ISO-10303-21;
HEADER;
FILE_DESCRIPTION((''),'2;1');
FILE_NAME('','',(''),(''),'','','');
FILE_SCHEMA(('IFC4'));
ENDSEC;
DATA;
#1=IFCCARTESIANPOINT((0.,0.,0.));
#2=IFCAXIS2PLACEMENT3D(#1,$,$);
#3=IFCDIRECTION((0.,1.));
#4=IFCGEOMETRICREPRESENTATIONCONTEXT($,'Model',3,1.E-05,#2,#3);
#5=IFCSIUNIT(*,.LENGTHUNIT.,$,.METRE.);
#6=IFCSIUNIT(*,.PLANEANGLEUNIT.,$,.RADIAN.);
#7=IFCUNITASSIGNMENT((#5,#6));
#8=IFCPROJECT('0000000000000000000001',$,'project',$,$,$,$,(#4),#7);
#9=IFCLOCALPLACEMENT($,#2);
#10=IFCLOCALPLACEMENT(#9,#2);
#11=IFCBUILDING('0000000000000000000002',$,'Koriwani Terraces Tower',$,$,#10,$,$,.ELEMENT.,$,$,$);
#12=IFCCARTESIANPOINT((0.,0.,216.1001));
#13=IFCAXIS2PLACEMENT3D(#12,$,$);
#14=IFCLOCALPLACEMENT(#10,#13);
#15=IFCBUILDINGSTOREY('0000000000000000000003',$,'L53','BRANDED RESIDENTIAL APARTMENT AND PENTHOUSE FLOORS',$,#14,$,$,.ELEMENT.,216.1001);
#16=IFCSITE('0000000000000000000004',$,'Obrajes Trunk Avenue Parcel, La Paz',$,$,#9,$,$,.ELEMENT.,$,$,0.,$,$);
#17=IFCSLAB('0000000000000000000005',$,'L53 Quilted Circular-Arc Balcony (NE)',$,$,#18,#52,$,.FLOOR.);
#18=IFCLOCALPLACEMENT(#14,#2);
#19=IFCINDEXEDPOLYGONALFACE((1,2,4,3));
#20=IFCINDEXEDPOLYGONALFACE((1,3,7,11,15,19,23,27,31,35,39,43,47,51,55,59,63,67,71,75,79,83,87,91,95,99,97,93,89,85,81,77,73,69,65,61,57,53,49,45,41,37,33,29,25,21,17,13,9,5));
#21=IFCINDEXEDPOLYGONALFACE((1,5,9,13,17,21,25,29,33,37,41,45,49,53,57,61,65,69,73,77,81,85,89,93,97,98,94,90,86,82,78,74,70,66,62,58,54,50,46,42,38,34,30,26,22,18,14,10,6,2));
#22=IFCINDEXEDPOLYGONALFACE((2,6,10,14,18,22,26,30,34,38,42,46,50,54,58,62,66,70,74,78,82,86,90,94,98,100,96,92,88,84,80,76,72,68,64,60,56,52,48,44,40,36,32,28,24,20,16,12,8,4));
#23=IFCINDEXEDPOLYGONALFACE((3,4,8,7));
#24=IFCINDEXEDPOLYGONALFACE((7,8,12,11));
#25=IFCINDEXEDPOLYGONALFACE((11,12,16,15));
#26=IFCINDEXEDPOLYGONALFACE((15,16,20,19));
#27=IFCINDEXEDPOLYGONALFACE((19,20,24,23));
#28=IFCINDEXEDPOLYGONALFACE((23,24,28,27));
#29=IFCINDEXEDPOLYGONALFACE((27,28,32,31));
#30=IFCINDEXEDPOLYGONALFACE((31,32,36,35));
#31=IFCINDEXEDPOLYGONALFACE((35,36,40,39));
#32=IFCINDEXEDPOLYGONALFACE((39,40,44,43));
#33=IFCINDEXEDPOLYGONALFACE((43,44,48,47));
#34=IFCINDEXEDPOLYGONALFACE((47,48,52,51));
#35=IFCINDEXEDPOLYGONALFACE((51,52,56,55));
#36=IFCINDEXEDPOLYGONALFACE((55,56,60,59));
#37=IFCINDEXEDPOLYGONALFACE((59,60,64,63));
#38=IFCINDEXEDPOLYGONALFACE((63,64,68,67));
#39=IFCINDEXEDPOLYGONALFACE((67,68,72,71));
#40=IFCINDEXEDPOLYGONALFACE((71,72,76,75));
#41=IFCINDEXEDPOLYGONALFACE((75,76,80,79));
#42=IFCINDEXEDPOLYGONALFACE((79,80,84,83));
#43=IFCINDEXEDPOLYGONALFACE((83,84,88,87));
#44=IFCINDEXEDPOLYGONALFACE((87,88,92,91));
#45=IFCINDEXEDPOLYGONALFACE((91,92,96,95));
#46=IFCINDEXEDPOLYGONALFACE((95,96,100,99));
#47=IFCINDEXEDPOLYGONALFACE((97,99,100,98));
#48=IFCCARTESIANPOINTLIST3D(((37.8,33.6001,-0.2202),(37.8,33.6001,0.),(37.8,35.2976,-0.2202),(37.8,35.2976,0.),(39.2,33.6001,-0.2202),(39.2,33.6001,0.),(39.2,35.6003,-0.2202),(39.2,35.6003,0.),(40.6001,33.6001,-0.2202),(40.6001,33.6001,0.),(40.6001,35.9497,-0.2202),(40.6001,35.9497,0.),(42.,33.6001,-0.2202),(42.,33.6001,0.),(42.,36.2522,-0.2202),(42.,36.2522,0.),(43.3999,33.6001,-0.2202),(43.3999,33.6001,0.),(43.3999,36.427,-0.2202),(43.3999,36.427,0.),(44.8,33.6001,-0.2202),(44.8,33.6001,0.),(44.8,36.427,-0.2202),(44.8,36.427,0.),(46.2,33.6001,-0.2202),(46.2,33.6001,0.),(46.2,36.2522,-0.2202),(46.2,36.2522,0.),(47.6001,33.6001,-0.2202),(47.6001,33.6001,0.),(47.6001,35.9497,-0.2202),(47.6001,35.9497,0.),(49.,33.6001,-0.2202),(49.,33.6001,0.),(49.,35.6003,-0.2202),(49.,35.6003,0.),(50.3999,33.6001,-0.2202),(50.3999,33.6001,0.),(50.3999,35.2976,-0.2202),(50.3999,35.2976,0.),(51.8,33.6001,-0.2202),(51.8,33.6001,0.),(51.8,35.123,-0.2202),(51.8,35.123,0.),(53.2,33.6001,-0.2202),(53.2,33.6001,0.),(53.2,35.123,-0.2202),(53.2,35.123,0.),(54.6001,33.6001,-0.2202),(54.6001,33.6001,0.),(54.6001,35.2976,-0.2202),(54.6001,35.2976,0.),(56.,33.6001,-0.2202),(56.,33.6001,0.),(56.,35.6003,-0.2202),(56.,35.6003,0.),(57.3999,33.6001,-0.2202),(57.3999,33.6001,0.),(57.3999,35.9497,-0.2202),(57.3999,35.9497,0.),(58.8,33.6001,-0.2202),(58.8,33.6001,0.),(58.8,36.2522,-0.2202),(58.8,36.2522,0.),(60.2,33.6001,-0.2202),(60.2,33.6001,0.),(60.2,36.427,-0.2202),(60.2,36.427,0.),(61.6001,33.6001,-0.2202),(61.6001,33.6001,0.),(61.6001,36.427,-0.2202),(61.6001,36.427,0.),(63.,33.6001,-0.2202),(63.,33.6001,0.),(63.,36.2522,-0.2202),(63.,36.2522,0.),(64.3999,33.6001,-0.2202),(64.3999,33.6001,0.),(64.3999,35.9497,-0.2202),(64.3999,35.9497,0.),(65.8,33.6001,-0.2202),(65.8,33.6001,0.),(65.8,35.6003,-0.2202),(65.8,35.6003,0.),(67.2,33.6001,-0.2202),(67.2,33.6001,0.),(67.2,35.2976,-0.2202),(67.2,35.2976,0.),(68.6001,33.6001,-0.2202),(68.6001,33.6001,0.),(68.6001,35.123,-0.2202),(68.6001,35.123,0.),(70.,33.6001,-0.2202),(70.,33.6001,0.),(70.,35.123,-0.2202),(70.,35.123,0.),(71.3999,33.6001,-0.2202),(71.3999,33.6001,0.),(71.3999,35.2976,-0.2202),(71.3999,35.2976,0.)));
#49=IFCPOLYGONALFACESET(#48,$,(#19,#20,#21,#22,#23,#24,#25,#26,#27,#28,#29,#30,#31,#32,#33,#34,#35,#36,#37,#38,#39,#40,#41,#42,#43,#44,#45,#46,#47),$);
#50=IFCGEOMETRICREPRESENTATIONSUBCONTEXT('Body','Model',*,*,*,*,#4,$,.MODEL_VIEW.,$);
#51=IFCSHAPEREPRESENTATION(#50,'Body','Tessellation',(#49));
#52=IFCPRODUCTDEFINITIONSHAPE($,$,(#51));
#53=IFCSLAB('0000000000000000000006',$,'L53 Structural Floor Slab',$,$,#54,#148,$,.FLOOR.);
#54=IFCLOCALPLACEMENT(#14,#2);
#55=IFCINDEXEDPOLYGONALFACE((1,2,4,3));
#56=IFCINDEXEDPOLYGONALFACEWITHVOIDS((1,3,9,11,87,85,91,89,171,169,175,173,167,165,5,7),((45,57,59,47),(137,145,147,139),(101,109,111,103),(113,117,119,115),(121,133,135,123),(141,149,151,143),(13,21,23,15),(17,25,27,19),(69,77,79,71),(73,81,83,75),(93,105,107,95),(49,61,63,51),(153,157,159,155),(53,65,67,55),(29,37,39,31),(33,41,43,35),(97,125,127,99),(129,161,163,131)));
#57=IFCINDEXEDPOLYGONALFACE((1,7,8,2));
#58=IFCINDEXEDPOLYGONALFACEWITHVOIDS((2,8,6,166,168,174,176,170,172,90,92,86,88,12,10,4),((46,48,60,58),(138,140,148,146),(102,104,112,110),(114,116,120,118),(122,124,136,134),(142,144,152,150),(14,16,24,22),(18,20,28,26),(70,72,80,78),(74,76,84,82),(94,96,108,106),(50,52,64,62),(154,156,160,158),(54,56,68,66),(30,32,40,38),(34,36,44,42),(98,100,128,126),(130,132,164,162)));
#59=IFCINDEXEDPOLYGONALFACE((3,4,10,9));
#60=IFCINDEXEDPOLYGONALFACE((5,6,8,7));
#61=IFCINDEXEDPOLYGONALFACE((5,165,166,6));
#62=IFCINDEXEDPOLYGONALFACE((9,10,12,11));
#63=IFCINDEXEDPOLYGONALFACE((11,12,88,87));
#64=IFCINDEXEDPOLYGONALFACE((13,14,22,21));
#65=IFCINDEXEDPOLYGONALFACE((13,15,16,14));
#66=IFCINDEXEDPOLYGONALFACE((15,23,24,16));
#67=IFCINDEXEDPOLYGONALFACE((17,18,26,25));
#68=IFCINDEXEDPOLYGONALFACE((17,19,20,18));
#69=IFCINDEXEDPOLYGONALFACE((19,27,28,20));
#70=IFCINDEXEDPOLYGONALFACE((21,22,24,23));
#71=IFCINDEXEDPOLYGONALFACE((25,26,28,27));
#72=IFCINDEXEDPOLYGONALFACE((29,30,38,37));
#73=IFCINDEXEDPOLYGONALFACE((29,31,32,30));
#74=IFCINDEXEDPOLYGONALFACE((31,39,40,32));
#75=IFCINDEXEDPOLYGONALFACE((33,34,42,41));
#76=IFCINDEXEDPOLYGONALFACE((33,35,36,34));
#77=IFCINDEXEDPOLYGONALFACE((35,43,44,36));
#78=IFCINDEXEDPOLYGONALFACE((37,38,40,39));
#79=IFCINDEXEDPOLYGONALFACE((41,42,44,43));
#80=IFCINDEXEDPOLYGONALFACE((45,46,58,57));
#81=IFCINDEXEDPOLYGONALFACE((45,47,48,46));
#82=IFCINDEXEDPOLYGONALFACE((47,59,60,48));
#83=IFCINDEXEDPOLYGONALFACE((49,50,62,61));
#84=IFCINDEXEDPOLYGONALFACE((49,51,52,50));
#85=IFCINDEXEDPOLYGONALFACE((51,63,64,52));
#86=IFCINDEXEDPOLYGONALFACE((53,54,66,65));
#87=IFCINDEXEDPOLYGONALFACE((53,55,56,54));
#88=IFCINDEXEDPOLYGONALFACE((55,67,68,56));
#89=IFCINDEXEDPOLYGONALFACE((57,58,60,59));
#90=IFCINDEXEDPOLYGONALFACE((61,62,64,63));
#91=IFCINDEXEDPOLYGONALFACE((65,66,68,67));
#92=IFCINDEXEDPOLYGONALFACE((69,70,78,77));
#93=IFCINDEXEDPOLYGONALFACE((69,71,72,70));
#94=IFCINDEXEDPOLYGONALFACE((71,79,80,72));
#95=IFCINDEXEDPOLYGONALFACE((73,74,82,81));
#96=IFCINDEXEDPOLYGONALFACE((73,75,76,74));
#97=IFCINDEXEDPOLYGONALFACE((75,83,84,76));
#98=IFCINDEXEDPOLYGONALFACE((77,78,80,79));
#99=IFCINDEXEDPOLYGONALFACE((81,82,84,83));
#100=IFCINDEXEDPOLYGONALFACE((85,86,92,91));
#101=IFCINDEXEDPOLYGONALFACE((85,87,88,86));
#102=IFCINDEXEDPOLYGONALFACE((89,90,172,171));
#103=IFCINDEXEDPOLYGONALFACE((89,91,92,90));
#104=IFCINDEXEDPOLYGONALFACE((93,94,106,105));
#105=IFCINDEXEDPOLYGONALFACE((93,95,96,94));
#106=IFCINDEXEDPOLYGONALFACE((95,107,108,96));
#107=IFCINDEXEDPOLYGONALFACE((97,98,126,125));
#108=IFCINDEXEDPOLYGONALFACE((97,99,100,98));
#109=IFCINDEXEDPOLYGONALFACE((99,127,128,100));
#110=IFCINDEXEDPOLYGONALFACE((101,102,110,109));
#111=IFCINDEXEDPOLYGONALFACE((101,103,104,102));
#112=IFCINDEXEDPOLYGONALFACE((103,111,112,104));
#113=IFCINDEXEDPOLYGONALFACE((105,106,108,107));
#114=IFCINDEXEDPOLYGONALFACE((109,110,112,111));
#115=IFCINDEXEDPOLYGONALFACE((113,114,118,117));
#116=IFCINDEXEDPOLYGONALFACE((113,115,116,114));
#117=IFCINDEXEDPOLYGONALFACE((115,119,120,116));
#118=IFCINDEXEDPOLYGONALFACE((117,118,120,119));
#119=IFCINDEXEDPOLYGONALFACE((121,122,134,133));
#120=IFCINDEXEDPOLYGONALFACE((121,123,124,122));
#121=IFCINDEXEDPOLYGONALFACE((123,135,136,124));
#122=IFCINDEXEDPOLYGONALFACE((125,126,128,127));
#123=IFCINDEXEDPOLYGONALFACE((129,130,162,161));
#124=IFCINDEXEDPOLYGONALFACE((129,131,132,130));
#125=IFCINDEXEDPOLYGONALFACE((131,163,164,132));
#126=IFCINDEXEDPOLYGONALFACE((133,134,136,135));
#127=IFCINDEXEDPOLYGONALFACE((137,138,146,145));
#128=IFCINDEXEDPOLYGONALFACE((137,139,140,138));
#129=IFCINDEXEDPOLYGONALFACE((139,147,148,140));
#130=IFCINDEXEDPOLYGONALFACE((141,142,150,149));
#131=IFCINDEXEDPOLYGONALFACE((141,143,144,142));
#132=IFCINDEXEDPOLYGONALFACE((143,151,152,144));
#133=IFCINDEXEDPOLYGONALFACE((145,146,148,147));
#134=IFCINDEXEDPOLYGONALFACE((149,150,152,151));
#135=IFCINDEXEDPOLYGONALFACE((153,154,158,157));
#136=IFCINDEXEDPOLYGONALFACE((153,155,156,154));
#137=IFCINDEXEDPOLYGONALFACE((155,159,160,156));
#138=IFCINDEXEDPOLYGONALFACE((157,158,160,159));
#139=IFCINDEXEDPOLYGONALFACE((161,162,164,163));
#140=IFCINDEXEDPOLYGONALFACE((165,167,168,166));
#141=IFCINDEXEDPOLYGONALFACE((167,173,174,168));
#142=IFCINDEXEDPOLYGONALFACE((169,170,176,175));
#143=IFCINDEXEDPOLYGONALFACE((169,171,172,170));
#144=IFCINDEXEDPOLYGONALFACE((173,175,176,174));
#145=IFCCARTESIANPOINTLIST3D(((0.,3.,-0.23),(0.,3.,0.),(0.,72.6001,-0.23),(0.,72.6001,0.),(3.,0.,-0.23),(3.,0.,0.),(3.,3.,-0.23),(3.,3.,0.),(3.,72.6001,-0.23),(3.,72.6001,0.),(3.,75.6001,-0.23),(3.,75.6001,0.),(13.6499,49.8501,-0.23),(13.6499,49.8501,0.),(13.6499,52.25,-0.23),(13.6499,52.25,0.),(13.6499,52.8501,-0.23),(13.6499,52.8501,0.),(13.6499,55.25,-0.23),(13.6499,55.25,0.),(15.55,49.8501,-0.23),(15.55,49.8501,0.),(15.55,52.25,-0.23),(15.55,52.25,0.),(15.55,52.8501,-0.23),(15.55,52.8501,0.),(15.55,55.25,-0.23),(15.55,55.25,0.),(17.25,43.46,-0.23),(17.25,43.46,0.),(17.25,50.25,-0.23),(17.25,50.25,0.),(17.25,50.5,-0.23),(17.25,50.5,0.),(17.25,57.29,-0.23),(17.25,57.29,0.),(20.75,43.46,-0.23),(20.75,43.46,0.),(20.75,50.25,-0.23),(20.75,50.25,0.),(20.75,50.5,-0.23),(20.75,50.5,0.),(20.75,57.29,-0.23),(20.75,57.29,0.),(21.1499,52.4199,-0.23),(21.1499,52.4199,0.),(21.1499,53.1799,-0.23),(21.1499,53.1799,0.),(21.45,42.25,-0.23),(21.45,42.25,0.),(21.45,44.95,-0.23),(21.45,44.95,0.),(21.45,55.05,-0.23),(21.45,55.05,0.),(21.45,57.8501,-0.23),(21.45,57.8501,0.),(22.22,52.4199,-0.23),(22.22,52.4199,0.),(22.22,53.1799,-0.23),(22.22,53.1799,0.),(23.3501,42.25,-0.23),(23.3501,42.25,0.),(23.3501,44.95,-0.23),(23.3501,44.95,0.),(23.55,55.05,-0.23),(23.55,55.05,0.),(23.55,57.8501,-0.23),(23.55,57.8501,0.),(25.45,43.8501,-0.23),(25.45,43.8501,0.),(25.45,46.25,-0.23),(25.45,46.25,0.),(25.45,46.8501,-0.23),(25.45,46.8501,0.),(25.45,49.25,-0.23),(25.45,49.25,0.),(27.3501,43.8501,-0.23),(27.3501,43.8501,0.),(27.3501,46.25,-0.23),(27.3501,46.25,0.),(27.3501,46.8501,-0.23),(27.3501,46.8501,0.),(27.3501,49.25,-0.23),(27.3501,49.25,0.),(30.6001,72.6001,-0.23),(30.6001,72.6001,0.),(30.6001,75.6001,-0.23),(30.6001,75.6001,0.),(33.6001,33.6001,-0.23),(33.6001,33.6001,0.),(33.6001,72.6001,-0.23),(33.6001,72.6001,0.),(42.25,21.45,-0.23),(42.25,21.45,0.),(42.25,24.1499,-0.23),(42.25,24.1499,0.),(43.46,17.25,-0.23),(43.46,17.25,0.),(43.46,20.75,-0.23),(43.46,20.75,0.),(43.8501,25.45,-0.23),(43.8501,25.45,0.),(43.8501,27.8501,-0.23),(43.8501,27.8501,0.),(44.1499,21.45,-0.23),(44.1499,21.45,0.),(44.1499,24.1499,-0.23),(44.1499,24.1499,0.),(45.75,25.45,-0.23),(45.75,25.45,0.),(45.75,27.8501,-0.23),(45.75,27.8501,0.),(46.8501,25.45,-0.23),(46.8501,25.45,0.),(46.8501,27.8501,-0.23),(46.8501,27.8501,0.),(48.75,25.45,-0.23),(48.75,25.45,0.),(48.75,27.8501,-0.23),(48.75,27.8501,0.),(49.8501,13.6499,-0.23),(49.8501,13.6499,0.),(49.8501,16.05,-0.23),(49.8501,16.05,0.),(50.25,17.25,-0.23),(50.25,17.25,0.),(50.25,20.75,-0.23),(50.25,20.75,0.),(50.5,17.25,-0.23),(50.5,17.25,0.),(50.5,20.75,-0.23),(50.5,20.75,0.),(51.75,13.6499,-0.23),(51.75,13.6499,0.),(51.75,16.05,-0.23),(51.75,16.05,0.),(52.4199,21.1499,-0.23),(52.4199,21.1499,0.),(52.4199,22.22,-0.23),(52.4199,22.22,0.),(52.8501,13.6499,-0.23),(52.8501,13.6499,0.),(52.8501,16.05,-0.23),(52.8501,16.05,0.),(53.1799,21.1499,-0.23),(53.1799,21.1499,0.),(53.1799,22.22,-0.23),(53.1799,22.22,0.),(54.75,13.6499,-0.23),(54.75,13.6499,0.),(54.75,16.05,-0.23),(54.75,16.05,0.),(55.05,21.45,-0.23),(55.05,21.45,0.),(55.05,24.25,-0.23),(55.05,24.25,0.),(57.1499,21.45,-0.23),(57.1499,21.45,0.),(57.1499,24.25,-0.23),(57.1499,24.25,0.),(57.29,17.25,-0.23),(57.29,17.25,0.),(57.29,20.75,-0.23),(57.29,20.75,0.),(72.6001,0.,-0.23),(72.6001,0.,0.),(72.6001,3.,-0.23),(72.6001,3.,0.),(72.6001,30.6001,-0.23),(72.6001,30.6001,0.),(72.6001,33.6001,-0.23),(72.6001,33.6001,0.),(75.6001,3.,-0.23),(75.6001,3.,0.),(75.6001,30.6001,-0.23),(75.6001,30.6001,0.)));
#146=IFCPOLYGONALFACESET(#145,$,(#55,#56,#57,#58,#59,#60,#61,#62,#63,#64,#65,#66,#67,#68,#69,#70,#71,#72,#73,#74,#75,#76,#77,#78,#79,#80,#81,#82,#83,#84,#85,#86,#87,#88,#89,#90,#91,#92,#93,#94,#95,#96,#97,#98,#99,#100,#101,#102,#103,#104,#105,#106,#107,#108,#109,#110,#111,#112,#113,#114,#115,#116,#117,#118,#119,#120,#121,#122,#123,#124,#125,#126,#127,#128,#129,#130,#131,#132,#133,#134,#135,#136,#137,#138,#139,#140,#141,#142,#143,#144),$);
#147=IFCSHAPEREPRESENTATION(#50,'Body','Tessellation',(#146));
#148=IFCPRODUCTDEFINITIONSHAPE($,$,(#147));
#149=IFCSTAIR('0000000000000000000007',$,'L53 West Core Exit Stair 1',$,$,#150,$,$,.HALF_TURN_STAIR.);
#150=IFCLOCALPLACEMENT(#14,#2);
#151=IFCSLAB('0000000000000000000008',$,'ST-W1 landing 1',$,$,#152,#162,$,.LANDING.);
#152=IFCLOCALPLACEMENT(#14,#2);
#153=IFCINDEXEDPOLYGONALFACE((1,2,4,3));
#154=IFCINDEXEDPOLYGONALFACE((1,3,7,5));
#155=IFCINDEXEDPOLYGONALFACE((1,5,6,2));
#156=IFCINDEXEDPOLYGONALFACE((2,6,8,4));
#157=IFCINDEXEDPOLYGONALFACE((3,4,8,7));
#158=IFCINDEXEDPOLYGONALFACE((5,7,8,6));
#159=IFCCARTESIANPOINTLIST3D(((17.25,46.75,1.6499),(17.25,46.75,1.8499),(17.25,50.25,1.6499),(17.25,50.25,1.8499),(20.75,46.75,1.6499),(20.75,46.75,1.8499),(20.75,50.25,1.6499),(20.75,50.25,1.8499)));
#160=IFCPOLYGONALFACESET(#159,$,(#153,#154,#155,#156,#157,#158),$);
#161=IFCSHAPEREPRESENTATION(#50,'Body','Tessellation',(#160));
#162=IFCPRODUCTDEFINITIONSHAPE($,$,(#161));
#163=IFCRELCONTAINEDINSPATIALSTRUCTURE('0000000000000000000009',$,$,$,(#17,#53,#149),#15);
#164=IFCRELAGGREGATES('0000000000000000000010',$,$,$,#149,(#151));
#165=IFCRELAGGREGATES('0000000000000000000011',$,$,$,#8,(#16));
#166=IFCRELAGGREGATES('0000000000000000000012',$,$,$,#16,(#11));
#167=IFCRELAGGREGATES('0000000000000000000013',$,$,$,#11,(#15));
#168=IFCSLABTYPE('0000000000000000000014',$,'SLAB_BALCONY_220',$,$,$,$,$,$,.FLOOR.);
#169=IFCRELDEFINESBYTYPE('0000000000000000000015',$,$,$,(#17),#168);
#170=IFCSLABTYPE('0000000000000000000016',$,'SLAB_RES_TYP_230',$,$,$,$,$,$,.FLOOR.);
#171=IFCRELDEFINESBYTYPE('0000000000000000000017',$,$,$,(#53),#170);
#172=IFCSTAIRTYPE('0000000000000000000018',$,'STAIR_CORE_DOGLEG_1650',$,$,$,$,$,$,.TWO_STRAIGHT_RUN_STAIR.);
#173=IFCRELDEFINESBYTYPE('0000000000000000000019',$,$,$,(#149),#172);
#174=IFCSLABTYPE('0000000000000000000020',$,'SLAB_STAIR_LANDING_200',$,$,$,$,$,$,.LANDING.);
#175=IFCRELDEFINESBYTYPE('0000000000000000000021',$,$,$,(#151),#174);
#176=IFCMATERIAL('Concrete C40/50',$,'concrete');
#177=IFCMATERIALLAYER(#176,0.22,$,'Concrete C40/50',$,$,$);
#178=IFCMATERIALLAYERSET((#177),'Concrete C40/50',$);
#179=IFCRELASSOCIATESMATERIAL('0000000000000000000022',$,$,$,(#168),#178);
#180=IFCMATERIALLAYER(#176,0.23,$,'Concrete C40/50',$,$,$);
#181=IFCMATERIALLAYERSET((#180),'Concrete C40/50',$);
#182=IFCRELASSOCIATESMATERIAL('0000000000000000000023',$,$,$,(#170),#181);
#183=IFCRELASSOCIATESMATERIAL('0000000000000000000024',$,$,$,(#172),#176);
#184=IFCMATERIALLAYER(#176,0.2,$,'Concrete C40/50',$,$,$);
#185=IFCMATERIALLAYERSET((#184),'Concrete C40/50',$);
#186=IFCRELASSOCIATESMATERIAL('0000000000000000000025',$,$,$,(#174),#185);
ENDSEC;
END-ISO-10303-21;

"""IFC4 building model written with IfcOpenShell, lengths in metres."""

from ifc_helpers import new_model, si_unit, direction, frame, origin, place, context, subcontext, project, spatial, polyline, outline, extrude, material, layer, layer_set, type_object, element, aggregate, save


model = new_model("IFC4")

# Units and contexts
model_context = context("Model", 3, precision=1e-05, world=origin(), true_north=direction((0.0, 1.0)))
body_context = subcontext(model_context, "Body", "Model", "MODEL_VIEW")
ifc_project = project(units=[si_unit("LENGTHUNIT", "METRE"), si_unit("PLANEANGLEUNIT", "RADIAN")], contexts=[model_context])

# Site, building, storey
site_placement = place(None, origin())
site = spatial("IfcSite", under=ifc_project, at=site_placement, Name="Obrajes Trunk Avenue Parcel, La Paz", CompositionType="ELEMENT", RefElevation=0.0)
building_placement = place(site_placement, origin())
building = spatial("IfcBuilding", under=site, at=building_placement, Name="Koriwani Terraces Tower", CompositionType="ELEMENT")
storey_placement = place(building_placement, frame((0.0, 0.0, 216.1001)))
storey = spatial("IfcBuildingStorey", under=building, at=storey_placement, Name="L53", Description="BRANDED RESIDENTIAL APARTMENT AND PENTHOUSE FLOORS", CompositionType="ELEMENT", Elevation=216.1001)

# Shared definitions
ifc_material_1 = material(Name="Concrete C40/50", Category="concrete")

# Slabs
ifc_layer_1 = layer(ifc_material_1, 0.22, Name="Concrete C40/50")
ifc_layer_set_1 = layer_set([ifc_layer_1], Name="Concrete C40/50")
slab_type_1 = type_object("IfcSlabType", Name="SLAB_BALCONY_220", PredefinedType="FLOOR", material=ifc_layer_set_1)
slab_1_placement = place(storey_placement, frame((0.0, 0.0, -0.2202)))
element("IfcSlab", 1, at=slab_1_placement, inside=storey, type_object=slab_type_1, Name="L53 Quilted Circular-Arc Balcony (NE)", PredefinedType="FLOOR", context=body_context, shape_type="SweptSolid", body=[
    extrude(outline(polyline([(71.3999, 33.6001), (70.0, 33.6001), (68.6001, 33.6001), (67.2, 33.6001), (65.8, 33.6001), (64.3999, 33.6001), (63.0, 33.6001), (61.6001, 33.6001), (60.2, 33.6001), (58.8, 33.6001), (57.3999, 33.6001), (56.0, 33.6001), (54.6001, 33.6001), (53.2, 33.6001), (51.8, 33.6001), (50.3999, 33.6001), (49.0, 33.6001), (47.6001, 33.6001), (46.2, 33.6001), (44.8, 33.6001), (43.3999, 33.6001), (42.0, 33.6001), (40.6001, 33.6001), (39.2, 33.6001), (37.8, 33.6001), (37.8, 35.2976), (39.2, 35.6003), (40.6001, 35.9497), (42.0, 36.2522), (43.3999, 36.427), (44.8, 36.427), (46.2, 36.2522), (47.6001, 35.9497), (49.0, 35.6003), (50.3999, 35.2976), (51.8, 35.123), (53.2, 35.123), (54.6001, 35.2976), (56.0, 35.6003), (57.3999, 35.9497), (58.8, 36.2522), (60.2, 36.427), (61.6001, 36.427), (63.0, 36.2522), (64.3999, 35.9497), (65.8, 35.6003), (67.2, 35.2976), (68.6001, 35.123), (70.0, 35.123), (71.3999, 35.2976), (71.3999, 33.6001)])), origin(), (0.0, 0.0, 1.0), 0.2202),
])
ifc_layer_2 = layer(ifc_material_1, 0.23, Name="Concrete C40/50")
ifc_layer_set_2 = layer_set([ifc_layer_2], Name="Concrete C40/50")
slab_type_2 = type_object("IfcSlabType", Name="SLAB_RES_TYP_230", PredefinedType="FLOOR", material=ifc_layer_set_2)
slab_2_placement = place(storey_placement, frame((0.0, 0.0, -0.23)))
element("IfcSlab", 2, at=slab_2_placement, inside=storey, type_object=slab_type_2, Name="L53 Structural Floor Slab", PredefinedType="FLOOR", context=body_context, shape_type="SweptSolid", body=[
    extrude(outline(polyline([(3.0, 0.0), (72.6001, 0.0), (72.6001, 3.0), (75.6001, 3.0), (75.6001, 30.6001), (72.6001, 30.6001), (72.6001, 33.6001), (33.6001, 33.6001), (33.6001, 72.6001), (30.6001, 72.6001), (30.6001, 75.6001), (3.0, 75.6001), (3.0, 72.6001), (0.0, 72.6001), (0.0, 3.0), (3.0, 3.0), (3.0, 0.0)]), holes=[polyline([(17.25, 43.46), (20.75, 43.46), (20.75, 50.25), (17.25, 50.25), (17.25, 43.46)]), polyline([(17.25, 50.5), (20.75, 50.5), (20.75, 57.29), (17.25, 57.29), (17.25, 50.5)]), polyline([(43.46, 17.25), (50.25, 17.25), (50.25, 20.75), (43.46, 20.75), (43.46, 17.25)]), polyline([(50.5, 17.25), (57.29, 17.25), (57.29, 20.75), (50.5, 20.75), (50.5, 17.25)]), polyline([(13.6499, 49.8501), (15.55, 49.8501), (15.55, 52.25), (13.6499, 52.25), (13.6499, 49.8501)]), polyline([(13.6499, 52.8501), (15.55, 52.8501), (15.55, 55.25), (13.6499, 55.25), (13.6499, 52.8501)]), polyline([(49.8501, 13.6499), (51.75, 13.6499), (51.75, 16.05), (49.8501, 16.05), (49.8501, 13.6499)]), polyline([(52.8501, 13.6499), (54.75, 13.6499), (54.75, 16.05), (52.8501, 16.05), (52.8501, 13.6499)]), polyline([(25.45, 43.8501), (27.3501, 43.8501), (27.3501, 46.25), (25.45, 46.25), (25.45, 43.8501)]), polyline([(25.45, 46.8501), (27.3501, 46.8501), (27.3501, 49.25), (25.45, 49.25), (25.45, 46.8501)]), polyline([(43.8501, 25.45), (45.75, 25.45), (45.75, 27.8501), (43.8501, 27.8501), (43.8501, 25.45)]), polyline([(46.8501, 25.45), (48.75, 25.45), (48.75, 27.8501), (46.8501, 27.8501), (46.8501, 25.45)]), polyline([(21.45, 55.05), (23.55, 55.05), (23.55, 57.8501), (21.45, 57.8501), (21.45, 55.05)]), polyline([(55.05, 21.45), (57.1499, 21.45), (57.1499, 24.25), (55.05, 24.25), (55.05, 21.45)]), polyline([(21.45, 42.25), (23.3501, 42.25), (23.3501, 44.95), (21.45, 44.95), (21.45, 42.25)]), polyline([(42.25, 21.45), (44.1499, 21.45), (44.1499, 24.1499), (42.25, 24.1499), (42.25, 21.45)]), polyline([(21.1499, 52.4199), (22.22, 52.4199), (22.22, 53.1799), (21.1499, 53.1799), (21.1499, 52.4199)]), polyline([(52.4199, 21.1499), (53.1799, 21.1499), (53.1799, 22.22), (52.4199, 22.22), (52.4199, 21.1499)])]), origin(), (0.0, 0.0, 1.0), 0.23),
])

# Stair, slab
stair_type = type_object("IfcStairType", Name="STAIR_CORE_DOGLEG_1650", PredefinedType="TWO_STRAIGHT_RUN_STAIR", material=ifc_material_1)
stair_1_placement = place(storey_placement, origin())
stair_1 = element("IfcStair", 3, at=stair_1_placement, inside=storey, type_object=stair_type, Name="L53 West Core Exit Stair 1", PredefinedType="HALF_TURN_STAIR")
ifc_layer_3 = layer(ifc_material_1, 0.2, Name="Concrete C40/50")
ifc_layer_set_3 = layer_set([ifc_layer_3], Name="Concrete C40/50")
slab_type_3 = type_object("IfcSlabType", Name="SLAB_STAIR_LANDING_200", PredefinedType="LANDING", material=ifc_layer_set_3)
slab_3_placement = place(storey_placement, frame((0.0, 0.0, 1.6499)))
slab_3 = element("IfcSlab", 4, at=slab_3_placement, type_object=slab_type_3, Name="ST-W1 landing 1", PredefinedType="LANDING", context=body_context, shape_type="SweptSolid", body=[
    extrude(outline(polyline([(20.75, 46.75), (20.75, 50.25), (17.25, 50.25), (17.25, 46.75), (20.75, 46.75)])), origin(), (0.0, 0.0, 1.0), 0.2),
])
aggregate(stair_1, [slab_3])

save(model, "model.ifc")
